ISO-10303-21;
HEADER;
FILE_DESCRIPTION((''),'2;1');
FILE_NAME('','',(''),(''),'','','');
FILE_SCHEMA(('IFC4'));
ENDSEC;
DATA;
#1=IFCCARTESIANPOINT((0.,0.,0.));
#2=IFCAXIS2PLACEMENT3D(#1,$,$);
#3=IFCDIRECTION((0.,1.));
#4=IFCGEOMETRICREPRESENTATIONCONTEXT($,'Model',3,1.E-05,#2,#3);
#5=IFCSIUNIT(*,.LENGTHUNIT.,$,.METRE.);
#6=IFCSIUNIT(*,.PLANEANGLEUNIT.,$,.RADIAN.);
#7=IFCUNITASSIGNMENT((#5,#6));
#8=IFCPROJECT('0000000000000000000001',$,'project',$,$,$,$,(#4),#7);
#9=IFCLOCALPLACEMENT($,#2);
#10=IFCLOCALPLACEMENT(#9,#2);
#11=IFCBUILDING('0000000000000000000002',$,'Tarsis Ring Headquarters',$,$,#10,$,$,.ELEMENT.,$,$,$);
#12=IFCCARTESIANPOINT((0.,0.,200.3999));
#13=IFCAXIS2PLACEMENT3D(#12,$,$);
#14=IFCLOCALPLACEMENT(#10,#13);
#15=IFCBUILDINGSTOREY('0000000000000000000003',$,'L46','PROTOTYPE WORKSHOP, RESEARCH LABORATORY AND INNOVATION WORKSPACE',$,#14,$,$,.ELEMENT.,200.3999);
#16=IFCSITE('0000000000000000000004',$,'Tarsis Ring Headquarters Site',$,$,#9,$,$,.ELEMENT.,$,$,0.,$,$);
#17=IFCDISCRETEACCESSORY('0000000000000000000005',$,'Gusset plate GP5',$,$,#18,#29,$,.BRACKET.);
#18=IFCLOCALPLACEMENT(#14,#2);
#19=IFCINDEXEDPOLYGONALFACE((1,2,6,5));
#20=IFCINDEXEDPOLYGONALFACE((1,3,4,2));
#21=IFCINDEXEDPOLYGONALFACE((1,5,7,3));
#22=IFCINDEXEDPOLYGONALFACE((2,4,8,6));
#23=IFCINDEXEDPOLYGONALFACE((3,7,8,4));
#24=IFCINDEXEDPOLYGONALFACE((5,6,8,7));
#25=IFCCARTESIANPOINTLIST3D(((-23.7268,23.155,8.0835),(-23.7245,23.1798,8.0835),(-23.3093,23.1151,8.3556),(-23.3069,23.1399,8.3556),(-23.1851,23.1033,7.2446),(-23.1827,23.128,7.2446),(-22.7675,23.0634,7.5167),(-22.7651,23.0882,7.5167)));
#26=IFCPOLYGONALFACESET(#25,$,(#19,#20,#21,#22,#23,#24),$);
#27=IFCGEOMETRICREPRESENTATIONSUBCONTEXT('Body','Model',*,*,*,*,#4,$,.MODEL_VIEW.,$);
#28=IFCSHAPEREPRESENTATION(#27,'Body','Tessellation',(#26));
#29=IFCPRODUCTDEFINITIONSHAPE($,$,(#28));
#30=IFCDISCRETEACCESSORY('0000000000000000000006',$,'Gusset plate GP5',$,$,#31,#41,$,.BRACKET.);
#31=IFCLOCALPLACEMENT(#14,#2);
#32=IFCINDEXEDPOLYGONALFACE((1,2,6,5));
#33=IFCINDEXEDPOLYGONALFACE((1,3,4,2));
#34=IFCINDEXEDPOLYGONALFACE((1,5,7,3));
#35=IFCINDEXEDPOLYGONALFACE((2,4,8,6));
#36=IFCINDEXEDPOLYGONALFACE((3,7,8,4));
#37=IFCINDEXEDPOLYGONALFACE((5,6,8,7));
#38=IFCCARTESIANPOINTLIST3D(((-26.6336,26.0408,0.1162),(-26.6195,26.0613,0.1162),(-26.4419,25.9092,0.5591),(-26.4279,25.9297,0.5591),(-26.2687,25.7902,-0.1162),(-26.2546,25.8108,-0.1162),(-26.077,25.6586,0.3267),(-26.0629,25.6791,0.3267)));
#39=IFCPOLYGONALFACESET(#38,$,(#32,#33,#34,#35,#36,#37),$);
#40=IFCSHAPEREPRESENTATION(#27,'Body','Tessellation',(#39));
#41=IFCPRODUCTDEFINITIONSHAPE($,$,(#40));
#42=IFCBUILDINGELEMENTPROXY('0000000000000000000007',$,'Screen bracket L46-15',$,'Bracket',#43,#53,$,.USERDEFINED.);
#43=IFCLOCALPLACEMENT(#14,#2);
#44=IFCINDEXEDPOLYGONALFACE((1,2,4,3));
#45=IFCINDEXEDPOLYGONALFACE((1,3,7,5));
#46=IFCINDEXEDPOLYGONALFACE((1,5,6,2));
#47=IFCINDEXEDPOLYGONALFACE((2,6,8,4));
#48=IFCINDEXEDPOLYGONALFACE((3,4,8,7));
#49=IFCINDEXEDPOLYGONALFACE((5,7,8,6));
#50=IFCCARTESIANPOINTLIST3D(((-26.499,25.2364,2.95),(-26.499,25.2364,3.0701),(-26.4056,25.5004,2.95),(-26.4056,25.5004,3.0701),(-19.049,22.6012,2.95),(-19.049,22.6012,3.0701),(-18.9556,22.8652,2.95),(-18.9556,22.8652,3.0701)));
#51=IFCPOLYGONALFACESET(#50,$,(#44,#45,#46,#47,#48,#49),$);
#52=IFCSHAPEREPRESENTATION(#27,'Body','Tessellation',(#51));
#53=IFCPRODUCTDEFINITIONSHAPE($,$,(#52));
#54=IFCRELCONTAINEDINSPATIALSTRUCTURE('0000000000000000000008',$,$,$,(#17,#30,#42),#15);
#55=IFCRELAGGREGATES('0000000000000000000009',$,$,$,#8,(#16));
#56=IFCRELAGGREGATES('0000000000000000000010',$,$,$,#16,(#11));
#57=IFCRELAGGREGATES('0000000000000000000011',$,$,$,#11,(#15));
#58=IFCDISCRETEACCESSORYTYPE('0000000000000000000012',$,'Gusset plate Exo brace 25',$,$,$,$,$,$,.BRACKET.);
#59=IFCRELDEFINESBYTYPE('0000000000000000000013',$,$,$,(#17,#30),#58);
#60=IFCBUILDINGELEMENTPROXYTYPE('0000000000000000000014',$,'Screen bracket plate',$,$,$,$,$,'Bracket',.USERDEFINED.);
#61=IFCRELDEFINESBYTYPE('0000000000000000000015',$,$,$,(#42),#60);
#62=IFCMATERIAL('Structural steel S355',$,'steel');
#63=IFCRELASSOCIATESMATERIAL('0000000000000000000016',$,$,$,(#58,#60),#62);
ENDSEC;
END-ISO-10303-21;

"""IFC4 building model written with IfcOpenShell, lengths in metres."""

from ifc_helpers import new_model, si_unit, direction, frame, origin, origin_2d, place, context, subcontext, project, spatial, rectangle, extrude, material, material_profile, profile_set, type_object, element, save


model = new_model("IFC4")

# Units and contexts
model_context = context("Model", 3, precision=1e-05, world=origin(), true_north=direction((0.0, 1.0)))
body_context = subcontext(model_context, "Body", "Model", "MODEL_VIEW")
ifc_project = project(units=[si_unit("LENGTHUNIT", "METRE"), si_unit("PLANEANGLEUNIT", "RADIAN")], contexts=[model_context])

# Site, building, storey
site_placement = place(None, origin())
site = spatial("IfcSite", under=ifc_project, at=site_placement, Name="Tarsis Ring Headquarters Site", CompositionType="ELEMENT", RefElevation=0.0)
building_placement = place(site_placement, origin())
building = spatial("IfcBuilding", under=site, at=building_placement, Name="Tarsis Ring Headquarters", CompositionType="ELEMENT")
storey_placement = place(building_placement, frame((0.0, 0.0, 200.3999)))
storey = spatial("IfcBuildingStorey", under=building, at=storey_placement, Name="L46", Description="PROTOTYPE WORKSHOP, RESEARCH LABORATORY AND INNOVATION WORKSPACE", CompositionType="ELEMENT", Elevation=200.3999)

# Shared definitions
ifc_material_1 = material(Name="Structural steel S355", Category="steel")

# Discrete accessories
ifc_material_profile_1 = material_profile(ifc_material_1, rectangle(XDim=0.0249, YDim=0.5, at=origin_2d()), Name="PL 25x500")
ifc_profile_set_1 = profile_set([ifc_material_profile_1], Name="Structural steel S355")
discrete_accessory_type = type_object("IfcDiscreteAccessoryType", Name="Gusset plate Exo brace 25", PredefinedType="BRACKET", material=ifc_profile_set_1)
discrete_accessory_1_placement = place(storey_placement, frame((-22.9751, 23.0957, 7.3806), z_axis=(-0.541784, 0.051761, 0.838923), x_axis=(-0.095105, -0.995467, 0.0)))
element("IfcDiscreteAccessory", 1, at=discrete_accessory_1_placement, inside=storey, type_object=discrete_accessory_type, Name="Gusset plate GP5", PredefinedType="BRACKET", context=body_context, shape_type="SweptSolid", body=[
    extrude(rectangle(XDim=0.0249, YDim=0.5, at=origin_2d()), origin(), (0.0, 0.0, 1.0), 1.0),
])
discrete_accessory_2_placement = place(storey_placement, frame((-26.4441, 25.9258, 0.0), z_axis=(0.383162, -0.263088, 0.885422), x_axis=(0.566038, 0.824379, 0.0)))
element("IfcDiscreteAccessory", 2, at=discrete_accessory_2_placement, inside=storey, type_object=discrete_accessory_type, Name="Gusset plate GP5", PredefinedType="BRACKET", context=body_context, shape_type="SweptSolid", body=[
    extrude(rectangle(XDim=0.0249, YDim=0.5, at=origin_2d()), origin(), (0.0, 0.0, 1.0), 0.5002),
])

# Building element proxy
building_element_proxy_type = type_object("IfcBuildingElementProxyType", Name="Screen bracket plate", ElementType="Bracket", PredefinedType="USERDEFINED", material=ifc_material_1)
proxy_placement = place(storey_placement, frame((-22.7273, 24.0508, 2.95), z_axis=(0.0, 0.0, 1.0), x_axis=(-0.942758, 0.333478, 0.0)))
element("IfcBuildingElementProxy", 3, at=proxy_placement, inside=storey, type_object=building_element_proxy_type, Name="Screen bracket L46-15", ObjectType="Bracket", PredefinedType="USERDEFINED", context=body_context, shape_type="SweptSolid", body=[
    extrude(rectangle(XDim=7.9023, YDim=0.28, at=origin_2d()), origin(), (0.0, 0.0, 1.0), 0.1201),
])

save(model, "model.ifc")
